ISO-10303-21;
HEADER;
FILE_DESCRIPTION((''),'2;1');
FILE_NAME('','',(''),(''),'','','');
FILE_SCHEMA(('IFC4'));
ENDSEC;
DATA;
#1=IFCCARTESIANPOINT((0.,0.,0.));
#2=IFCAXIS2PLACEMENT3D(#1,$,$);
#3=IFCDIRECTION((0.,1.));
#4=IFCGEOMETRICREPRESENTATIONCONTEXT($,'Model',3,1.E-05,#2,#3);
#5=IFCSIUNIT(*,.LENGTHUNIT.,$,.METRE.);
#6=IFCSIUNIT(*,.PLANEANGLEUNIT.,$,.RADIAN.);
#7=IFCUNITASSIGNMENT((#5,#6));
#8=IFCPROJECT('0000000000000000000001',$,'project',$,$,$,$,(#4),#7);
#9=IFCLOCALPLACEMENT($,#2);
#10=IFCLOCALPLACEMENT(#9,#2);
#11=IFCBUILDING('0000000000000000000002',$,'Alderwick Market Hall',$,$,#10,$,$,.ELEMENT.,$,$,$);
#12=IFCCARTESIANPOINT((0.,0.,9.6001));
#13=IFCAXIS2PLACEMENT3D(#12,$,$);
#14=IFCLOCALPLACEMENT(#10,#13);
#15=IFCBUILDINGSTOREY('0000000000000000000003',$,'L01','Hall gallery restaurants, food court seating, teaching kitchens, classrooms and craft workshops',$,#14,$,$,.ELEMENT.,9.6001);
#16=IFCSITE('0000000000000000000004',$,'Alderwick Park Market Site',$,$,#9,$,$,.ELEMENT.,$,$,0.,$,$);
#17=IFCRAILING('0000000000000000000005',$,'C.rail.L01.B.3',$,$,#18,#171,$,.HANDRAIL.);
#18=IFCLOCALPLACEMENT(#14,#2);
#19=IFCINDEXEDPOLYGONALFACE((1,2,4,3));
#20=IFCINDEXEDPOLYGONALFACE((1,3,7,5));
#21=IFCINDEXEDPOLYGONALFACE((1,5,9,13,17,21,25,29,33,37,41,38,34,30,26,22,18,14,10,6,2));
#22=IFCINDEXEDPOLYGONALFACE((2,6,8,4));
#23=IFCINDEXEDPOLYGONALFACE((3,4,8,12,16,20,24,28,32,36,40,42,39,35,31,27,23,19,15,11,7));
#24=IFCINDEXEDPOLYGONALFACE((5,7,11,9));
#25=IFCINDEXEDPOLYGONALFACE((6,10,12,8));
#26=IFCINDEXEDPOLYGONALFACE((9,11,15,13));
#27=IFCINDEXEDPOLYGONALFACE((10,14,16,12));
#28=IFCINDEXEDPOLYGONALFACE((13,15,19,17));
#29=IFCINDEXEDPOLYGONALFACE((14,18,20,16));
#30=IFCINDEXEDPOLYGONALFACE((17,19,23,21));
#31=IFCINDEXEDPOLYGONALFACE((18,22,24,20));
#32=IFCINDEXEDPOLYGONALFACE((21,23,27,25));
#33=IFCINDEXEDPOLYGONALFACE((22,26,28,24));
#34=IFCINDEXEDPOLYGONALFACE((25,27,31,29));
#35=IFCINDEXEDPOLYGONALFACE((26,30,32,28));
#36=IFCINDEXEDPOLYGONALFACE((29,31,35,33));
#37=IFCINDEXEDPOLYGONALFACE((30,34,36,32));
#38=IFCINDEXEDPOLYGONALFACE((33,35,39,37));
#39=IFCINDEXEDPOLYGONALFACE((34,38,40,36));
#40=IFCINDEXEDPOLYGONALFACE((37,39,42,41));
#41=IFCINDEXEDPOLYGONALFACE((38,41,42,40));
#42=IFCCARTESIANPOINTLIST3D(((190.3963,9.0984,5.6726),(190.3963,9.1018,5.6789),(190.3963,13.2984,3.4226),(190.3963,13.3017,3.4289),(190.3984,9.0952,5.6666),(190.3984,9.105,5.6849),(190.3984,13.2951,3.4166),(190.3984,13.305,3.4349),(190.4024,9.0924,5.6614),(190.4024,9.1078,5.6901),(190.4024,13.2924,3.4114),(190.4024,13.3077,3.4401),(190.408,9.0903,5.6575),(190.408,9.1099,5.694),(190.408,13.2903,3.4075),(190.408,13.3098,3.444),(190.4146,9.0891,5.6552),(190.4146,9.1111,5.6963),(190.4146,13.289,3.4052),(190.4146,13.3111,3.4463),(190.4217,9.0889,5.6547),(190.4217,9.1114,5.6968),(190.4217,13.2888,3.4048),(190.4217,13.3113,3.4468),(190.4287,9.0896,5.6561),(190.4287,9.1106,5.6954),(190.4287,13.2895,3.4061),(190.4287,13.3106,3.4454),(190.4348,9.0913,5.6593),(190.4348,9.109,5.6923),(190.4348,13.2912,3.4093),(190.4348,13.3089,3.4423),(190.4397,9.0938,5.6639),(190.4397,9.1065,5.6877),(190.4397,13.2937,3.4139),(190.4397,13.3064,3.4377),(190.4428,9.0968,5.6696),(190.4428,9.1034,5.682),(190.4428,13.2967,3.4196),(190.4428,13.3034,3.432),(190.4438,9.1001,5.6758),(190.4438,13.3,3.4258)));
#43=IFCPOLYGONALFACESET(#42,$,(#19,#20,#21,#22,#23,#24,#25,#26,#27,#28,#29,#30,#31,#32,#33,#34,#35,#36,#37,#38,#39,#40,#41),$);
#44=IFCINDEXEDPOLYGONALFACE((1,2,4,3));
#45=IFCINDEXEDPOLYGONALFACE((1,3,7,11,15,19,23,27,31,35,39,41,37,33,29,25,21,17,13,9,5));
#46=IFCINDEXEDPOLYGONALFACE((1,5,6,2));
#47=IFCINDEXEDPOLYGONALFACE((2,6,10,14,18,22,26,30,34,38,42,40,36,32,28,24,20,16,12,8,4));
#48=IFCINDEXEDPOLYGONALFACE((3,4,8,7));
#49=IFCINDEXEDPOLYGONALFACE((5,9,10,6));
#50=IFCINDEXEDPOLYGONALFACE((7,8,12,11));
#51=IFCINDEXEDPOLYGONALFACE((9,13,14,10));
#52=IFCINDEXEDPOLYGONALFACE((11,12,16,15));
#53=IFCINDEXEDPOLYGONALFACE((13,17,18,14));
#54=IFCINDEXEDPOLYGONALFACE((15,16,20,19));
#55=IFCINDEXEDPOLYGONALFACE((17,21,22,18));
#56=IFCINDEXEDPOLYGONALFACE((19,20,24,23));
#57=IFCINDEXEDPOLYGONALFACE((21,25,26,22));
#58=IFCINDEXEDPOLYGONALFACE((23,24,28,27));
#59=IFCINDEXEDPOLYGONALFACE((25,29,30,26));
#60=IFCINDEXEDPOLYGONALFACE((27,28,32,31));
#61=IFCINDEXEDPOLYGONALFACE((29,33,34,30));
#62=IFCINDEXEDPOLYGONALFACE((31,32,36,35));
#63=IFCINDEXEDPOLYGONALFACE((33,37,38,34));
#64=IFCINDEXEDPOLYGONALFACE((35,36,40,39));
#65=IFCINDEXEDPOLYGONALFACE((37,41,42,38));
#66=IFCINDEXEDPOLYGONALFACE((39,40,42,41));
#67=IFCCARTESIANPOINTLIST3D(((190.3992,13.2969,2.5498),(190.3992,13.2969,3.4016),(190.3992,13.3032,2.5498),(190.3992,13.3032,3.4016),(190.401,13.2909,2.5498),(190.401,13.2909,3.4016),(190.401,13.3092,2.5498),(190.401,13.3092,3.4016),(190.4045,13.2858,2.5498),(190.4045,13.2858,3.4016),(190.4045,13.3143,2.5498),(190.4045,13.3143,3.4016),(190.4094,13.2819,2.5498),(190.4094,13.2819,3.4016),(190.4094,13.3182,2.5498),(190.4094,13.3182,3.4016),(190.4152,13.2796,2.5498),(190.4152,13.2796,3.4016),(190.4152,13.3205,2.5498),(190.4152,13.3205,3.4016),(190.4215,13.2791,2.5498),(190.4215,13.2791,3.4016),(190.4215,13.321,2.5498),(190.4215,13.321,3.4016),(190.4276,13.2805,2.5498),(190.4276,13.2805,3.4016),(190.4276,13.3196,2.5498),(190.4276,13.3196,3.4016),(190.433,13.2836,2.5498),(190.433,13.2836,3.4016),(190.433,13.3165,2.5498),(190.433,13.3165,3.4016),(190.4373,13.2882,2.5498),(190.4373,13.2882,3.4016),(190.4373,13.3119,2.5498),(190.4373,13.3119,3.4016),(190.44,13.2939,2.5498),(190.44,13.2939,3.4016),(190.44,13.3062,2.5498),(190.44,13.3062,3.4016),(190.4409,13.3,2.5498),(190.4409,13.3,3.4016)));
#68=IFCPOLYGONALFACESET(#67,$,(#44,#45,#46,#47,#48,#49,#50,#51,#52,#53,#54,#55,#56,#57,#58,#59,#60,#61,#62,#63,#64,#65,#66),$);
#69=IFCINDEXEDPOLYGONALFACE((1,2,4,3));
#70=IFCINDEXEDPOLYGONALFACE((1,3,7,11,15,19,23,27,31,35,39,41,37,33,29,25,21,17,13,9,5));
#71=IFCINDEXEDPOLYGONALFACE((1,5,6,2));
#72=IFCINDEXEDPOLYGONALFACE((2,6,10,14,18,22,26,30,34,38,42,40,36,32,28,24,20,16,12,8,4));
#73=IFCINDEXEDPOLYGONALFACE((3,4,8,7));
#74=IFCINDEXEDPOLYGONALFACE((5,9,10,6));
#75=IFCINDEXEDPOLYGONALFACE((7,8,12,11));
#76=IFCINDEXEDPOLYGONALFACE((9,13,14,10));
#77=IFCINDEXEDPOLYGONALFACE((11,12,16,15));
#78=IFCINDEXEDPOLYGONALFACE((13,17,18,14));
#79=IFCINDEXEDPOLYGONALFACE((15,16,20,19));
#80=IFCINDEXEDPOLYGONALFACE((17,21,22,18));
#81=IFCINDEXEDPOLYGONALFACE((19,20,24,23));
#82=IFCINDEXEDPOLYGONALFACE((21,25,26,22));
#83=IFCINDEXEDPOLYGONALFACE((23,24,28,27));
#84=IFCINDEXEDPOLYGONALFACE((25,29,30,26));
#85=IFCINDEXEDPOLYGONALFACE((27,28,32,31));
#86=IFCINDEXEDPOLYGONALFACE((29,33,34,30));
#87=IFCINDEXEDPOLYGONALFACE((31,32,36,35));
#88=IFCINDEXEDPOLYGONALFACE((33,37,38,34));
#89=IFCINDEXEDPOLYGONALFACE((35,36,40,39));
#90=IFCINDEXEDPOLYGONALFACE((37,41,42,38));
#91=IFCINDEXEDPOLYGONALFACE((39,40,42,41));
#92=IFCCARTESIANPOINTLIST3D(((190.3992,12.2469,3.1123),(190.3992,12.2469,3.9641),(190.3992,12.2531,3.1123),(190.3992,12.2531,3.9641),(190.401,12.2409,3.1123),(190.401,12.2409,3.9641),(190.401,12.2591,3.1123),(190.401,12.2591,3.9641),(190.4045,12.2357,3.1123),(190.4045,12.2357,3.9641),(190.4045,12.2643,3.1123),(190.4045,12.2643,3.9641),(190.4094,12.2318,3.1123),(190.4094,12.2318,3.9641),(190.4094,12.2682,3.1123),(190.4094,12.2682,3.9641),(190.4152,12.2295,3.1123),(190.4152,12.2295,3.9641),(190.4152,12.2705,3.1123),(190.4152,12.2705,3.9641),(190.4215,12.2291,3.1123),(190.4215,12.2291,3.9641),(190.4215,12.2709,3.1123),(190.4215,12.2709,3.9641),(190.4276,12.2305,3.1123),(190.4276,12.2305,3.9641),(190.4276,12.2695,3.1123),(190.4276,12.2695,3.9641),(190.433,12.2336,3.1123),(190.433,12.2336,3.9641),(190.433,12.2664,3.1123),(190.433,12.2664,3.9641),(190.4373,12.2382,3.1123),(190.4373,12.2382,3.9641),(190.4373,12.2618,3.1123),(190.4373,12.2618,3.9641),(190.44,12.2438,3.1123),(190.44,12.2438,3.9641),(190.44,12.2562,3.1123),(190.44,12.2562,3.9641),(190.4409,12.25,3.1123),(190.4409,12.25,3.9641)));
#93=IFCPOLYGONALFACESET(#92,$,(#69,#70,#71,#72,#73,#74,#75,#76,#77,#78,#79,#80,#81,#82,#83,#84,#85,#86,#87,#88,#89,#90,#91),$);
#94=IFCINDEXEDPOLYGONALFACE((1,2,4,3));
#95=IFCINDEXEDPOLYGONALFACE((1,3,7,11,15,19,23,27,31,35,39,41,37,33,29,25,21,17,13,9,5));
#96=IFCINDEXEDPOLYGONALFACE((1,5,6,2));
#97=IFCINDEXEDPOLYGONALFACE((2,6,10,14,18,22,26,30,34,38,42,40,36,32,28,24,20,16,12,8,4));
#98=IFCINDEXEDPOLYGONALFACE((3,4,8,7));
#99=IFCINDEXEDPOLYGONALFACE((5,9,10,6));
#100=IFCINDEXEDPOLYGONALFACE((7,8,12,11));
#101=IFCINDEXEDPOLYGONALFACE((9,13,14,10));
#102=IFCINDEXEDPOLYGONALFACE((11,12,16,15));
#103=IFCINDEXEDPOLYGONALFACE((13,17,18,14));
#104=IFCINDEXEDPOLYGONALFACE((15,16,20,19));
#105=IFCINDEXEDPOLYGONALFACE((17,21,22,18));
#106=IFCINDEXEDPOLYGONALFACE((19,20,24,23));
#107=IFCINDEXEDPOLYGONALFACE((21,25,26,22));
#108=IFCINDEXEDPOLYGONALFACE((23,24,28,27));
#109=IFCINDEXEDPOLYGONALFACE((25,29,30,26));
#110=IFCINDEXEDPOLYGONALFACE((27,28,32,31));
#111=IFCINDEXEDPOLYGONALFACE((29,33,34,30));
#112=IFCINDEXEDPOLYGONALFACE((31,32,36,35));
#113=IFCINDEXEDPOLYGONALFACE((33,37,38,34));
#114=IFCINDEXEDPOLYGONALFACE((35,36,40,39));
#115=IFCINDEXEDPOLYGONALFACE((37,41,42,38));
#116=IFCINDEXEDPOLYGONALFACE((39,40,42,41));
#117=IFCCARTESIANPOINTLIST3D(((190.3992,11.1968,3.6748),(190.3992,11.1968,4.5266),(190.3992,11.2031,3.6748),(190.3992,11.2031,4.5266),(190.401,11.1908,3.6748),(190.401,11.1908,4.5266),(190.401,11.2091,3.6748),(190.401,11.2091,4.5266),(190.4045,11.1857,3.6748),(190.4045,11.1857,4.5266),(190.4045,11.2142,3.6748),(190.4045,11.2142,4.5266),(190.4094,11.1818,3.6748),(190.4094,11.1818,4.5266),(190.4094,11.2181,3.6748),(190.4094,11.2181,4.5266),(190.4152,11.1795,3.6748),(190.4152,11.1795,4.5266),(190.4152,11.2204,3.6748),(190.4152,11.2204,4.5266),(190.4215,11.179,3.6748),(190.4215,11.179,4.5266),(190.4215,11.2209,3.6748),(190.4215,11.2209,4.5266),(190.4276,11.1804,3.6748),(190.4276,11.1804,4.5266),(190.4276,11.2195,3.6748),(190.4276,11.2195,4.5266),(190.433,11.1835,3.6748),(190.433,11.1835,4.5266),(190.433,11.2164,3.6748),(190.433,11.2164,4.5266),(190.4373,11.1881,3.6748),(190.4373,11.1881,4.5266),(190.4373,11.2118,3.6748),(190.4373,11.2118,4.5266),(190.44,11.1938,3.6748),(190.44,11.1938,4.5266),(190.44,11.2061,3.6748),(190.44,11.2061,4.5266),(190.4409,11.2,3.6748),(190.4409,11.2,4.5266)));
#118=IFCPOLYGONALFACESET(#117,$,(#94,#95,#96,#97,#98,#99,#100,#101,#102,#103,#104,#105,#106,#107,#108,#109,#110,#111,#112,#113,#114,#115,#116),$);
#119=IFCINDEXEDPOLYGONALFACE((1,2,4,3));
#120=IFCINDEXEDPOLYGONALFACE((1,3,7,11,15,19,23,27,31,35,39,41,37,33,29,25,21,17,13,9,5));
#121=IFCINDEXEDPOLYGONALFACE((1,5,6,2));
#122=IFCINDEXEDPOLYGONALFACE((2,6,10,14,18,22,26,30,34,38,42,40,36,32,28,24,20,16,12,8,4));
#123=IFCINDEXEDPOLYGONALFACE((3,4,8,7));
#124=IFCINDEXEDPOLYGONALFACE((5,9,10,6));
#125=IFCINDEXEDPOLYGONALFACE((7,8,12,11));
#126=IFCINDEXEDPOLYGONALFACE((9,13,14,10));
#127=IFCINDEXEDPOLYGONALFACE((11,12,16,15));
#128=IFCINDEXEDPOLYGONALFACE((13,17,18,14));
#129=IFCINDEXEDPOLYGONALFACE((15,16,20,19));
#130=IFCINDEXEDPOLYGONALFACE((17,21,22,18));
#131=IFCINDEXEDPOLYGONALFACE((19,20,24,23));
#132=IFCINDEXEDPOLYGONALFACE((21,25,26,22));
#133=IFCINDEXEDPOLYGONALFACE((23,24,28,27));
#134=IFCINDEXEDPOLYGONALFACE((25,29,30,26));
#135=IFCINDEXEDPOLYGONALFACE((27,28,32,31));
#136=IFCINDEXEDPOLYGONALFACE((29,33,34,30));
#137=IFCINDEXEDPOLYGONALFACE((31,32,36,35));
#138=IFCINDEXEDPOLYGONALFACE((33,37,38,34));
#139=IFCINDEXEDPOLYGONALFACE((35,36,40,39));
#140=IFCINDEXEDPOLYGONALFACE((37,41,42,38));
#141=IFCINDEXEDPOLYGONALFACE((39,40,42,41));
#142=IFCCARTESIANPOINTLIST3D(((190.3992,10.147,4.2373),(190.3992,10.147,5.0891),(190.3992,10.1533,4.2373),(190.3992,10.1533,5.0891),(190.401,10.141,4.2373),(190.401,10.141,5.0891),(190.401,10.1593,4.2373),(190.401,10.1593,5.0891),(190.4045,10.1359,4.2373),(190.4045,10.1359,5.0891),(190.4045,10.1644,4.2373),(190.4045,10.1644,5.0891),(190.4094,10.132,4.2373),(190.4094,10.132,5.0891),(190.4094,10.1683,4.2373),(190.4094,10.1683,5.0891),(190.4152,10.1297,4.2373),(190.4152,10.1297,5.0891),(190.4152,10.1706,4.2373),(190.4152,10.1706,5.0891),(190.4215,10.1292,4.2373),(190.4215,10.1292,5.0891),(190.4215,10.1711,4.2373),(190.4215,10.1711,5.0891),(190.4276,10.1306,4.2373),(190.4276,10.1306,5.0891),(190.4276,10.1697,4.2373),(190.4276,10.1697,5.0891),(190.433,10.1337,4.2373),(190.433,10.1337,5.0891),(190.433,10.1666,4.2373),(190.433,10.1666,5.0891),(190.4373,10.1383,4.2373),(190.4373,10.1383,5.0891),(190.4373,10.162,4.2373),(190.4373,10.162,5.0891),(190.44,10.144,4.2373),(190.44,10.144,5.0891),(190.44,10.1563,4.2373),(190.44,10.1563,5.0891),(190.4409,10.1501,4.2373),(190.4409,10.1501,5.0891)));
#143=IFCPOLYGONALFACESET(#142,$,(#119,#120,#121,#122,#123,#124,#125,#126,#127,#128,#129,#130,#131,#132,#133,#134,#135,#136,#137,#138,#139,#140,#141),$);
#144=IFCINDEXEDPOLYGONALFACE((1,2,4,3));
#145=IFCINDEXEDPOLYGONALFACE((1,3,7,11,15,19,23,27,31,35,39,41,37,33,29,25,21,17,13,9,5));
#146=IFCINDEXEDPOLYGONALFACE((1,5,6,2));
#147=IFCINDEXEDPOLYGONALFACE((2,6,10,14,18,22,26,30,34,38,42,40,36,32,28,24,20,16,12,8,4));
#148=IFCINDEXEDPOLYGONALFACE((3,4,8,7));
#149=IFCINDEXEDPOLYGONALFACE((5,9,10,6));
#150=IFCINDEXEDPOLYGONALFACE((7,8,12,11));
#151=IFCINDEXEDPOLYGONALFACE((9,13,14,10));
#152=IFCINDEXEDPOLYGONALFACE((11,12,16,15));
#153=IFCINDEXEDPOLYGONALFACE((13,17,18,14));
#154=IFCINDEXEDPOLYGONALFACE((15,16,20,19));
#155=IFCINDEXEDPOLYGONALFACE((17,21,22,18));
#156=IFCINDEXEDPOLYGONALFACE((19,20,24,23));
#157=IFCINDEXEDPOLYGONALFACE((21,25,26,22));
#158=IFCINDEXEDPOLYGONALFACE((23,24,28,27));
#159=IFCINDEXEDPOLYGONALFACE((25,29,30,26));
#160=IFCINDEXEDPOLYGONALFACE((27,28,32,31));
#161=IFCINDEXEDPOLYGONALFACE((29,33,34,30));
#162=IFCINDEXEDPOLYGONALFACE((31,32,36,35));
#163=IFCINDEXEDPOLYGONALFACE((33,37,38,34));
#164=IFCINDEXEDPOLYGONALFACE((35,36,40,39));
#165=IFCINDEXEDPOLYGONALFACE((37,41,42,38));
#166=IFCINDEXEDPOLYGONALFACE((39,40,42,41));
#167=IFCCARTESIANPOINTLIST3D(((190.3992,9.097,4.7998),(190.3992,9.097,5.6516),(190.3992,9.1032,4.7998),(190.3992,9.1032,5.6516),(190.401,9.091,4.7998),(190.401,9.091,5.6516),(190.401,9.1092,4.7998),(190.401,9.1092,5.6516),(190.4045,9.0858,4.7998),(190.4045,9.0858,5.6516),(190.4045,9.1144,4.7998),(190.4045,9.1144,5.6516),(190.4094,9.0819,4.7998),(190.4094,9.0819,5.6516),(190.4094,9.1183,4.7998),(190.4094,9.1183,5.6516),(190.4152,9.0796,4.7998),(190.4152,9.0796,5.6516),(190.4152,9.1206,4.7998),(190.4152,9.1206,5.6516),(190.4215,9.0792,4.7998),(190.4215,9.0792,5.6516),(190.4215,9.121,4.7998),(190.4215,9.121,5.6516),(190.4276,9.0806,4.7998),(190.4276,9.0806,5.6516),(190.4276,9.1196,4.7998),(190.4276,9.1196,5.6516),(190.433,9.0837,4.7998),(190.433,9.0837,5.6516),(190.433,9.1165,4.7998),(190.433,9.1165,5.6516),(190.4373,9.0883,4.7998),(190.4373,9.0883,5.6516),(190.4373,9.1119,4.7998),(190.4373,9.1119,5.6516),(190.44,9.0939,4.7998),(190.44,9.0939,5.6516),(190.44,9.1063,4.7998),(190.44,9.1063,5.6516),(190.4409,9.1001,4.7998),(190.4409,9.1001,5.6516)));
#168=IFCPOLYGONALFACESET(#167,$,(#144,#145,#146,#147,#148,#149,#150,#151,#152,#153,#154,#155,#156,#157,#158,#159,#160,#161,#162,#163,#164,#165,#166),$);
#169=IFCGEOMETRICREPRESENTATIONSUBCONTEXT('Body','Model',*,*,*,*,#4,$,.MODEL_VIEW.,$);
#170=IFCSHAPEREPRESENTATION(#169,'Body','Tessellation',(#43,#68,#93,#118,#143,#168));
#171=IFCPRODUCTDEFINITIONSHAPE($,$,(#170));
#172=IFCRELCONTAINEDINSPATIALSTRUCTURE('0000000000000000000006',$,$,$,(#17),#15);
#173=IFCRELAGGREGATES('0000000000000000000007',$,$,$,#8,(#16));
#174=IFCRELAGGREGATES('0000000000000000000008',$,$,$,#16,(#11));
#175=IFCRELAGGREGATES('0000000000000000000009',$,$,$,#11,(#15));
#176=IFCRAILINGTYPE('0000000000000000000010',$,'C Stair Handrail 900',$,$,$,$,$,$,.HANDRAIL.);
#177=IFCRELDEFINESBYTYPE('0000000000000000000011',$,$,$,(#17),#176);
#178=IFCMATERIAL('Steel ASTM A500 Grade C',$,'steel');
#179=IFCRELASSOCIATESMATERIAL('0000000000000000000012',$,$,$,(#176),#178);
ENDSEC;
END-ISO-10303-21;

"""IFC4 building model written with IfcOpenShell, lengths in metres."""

from ifc_helpers import new_model, si_unit, direction, frame, origin, origin_2d, place, context, subcontext, project, spatial, circle, extrude, material, type_object, element, save


model = new_model("IFC4")

# Units and contexts
model_context = context("Model", 3, precision=1e-05, world=origin(), true_north=direction((0.0, 1.0)))
body_context = subcontext(model_context, "Body", "Model", "MODEL_VIEW")
ifc_project = project(units=[si_unit("LENGTHUNIT", "METRE"), si_unit("PLANEANGLEUNIT", "RADIAN")], contexts=[model_context])

# Site, building, storey
site_placement = place(None, origin())
site = spatial("IfcSite", under=ifc_project, at=site_placement, Name="Alderwick Park Market Site", CompositionType="ELEMENT", RefElevation=0.0)
building_placement = place(site_placement, origin())
building = spatial("IfcBuilding", under=site, at=building_placement, Name="Alderwick Market Hall", CompositionType="ELEMENT")
storey_placement = place(building_placement, frame((0.0, 0.0, 9.6001)))
storey = spatial("IfcBuildingStorey", under=building, at=storey_placement, Name="L01", Description="Hall gallery restaurants, food court seating, teaching kitchens, classrooms and craft workshops", CompositionType="ELEMENT", Elevation=9.6001)

# Railing
ifc_material_1 = material(Name="Steel ASTM A500 Grade C", Category="steel")
railing_type = type_object("IfcRailingType", Name="C Stair Handrail 900", PredefinedType="HANDRAIL", material=ifc_material_1)
for number, where, name in (
    (1, (190.4199, 13.3, 2.5498), "C.rail.L01.B.3"),
):
    element("IfcRailing", number, at=place(storey_placement, frame(where)), inside=storey, type_object=railing_type, Name=name, PredefinedType="HANDRAIL", context=body_context, shape_type="SweptSolid", body=[
        extrude(circle(Radius=0.0239, at=origin_2d()), frame((0.0, 0.0, 0.876), z_axis=(0.0, -0.881478, 0.472226), x_axis=(1.0, 0.0, 0.0)), (0.0, 0.0, 1.0), 4.7646),
        extrude(circle(Radius=0.021, at=origin_2d()), origin(), (0.0, 0.0, 1.0), 0.8518),
        extrude(circle(Radius=0.021, at=origin_2d()), frame((0.0, -1.05, 0.5625)), (0.0, 0.0, 1.0), 0.8518),
        extrude(circle(Radius=0.021, at=origin_2d()), frame((0.0, -2.1001, 1.125)), (0.0, 0.0, 1.0), 0.8518),
        extrude(circle(Radius=0.021, at=origin_2d()), frame((0.0, -3.1499, 1.6875)), (0.0, 0.0, 1.0), 0.8518),
        extrude(circle(Radius=0.021, at=origin_2d()), frame((0.0, -4.2, 2.25)), (0.0, 0.0, 1.0), 0.8518),
    ])

save(model, "model.ifc")
